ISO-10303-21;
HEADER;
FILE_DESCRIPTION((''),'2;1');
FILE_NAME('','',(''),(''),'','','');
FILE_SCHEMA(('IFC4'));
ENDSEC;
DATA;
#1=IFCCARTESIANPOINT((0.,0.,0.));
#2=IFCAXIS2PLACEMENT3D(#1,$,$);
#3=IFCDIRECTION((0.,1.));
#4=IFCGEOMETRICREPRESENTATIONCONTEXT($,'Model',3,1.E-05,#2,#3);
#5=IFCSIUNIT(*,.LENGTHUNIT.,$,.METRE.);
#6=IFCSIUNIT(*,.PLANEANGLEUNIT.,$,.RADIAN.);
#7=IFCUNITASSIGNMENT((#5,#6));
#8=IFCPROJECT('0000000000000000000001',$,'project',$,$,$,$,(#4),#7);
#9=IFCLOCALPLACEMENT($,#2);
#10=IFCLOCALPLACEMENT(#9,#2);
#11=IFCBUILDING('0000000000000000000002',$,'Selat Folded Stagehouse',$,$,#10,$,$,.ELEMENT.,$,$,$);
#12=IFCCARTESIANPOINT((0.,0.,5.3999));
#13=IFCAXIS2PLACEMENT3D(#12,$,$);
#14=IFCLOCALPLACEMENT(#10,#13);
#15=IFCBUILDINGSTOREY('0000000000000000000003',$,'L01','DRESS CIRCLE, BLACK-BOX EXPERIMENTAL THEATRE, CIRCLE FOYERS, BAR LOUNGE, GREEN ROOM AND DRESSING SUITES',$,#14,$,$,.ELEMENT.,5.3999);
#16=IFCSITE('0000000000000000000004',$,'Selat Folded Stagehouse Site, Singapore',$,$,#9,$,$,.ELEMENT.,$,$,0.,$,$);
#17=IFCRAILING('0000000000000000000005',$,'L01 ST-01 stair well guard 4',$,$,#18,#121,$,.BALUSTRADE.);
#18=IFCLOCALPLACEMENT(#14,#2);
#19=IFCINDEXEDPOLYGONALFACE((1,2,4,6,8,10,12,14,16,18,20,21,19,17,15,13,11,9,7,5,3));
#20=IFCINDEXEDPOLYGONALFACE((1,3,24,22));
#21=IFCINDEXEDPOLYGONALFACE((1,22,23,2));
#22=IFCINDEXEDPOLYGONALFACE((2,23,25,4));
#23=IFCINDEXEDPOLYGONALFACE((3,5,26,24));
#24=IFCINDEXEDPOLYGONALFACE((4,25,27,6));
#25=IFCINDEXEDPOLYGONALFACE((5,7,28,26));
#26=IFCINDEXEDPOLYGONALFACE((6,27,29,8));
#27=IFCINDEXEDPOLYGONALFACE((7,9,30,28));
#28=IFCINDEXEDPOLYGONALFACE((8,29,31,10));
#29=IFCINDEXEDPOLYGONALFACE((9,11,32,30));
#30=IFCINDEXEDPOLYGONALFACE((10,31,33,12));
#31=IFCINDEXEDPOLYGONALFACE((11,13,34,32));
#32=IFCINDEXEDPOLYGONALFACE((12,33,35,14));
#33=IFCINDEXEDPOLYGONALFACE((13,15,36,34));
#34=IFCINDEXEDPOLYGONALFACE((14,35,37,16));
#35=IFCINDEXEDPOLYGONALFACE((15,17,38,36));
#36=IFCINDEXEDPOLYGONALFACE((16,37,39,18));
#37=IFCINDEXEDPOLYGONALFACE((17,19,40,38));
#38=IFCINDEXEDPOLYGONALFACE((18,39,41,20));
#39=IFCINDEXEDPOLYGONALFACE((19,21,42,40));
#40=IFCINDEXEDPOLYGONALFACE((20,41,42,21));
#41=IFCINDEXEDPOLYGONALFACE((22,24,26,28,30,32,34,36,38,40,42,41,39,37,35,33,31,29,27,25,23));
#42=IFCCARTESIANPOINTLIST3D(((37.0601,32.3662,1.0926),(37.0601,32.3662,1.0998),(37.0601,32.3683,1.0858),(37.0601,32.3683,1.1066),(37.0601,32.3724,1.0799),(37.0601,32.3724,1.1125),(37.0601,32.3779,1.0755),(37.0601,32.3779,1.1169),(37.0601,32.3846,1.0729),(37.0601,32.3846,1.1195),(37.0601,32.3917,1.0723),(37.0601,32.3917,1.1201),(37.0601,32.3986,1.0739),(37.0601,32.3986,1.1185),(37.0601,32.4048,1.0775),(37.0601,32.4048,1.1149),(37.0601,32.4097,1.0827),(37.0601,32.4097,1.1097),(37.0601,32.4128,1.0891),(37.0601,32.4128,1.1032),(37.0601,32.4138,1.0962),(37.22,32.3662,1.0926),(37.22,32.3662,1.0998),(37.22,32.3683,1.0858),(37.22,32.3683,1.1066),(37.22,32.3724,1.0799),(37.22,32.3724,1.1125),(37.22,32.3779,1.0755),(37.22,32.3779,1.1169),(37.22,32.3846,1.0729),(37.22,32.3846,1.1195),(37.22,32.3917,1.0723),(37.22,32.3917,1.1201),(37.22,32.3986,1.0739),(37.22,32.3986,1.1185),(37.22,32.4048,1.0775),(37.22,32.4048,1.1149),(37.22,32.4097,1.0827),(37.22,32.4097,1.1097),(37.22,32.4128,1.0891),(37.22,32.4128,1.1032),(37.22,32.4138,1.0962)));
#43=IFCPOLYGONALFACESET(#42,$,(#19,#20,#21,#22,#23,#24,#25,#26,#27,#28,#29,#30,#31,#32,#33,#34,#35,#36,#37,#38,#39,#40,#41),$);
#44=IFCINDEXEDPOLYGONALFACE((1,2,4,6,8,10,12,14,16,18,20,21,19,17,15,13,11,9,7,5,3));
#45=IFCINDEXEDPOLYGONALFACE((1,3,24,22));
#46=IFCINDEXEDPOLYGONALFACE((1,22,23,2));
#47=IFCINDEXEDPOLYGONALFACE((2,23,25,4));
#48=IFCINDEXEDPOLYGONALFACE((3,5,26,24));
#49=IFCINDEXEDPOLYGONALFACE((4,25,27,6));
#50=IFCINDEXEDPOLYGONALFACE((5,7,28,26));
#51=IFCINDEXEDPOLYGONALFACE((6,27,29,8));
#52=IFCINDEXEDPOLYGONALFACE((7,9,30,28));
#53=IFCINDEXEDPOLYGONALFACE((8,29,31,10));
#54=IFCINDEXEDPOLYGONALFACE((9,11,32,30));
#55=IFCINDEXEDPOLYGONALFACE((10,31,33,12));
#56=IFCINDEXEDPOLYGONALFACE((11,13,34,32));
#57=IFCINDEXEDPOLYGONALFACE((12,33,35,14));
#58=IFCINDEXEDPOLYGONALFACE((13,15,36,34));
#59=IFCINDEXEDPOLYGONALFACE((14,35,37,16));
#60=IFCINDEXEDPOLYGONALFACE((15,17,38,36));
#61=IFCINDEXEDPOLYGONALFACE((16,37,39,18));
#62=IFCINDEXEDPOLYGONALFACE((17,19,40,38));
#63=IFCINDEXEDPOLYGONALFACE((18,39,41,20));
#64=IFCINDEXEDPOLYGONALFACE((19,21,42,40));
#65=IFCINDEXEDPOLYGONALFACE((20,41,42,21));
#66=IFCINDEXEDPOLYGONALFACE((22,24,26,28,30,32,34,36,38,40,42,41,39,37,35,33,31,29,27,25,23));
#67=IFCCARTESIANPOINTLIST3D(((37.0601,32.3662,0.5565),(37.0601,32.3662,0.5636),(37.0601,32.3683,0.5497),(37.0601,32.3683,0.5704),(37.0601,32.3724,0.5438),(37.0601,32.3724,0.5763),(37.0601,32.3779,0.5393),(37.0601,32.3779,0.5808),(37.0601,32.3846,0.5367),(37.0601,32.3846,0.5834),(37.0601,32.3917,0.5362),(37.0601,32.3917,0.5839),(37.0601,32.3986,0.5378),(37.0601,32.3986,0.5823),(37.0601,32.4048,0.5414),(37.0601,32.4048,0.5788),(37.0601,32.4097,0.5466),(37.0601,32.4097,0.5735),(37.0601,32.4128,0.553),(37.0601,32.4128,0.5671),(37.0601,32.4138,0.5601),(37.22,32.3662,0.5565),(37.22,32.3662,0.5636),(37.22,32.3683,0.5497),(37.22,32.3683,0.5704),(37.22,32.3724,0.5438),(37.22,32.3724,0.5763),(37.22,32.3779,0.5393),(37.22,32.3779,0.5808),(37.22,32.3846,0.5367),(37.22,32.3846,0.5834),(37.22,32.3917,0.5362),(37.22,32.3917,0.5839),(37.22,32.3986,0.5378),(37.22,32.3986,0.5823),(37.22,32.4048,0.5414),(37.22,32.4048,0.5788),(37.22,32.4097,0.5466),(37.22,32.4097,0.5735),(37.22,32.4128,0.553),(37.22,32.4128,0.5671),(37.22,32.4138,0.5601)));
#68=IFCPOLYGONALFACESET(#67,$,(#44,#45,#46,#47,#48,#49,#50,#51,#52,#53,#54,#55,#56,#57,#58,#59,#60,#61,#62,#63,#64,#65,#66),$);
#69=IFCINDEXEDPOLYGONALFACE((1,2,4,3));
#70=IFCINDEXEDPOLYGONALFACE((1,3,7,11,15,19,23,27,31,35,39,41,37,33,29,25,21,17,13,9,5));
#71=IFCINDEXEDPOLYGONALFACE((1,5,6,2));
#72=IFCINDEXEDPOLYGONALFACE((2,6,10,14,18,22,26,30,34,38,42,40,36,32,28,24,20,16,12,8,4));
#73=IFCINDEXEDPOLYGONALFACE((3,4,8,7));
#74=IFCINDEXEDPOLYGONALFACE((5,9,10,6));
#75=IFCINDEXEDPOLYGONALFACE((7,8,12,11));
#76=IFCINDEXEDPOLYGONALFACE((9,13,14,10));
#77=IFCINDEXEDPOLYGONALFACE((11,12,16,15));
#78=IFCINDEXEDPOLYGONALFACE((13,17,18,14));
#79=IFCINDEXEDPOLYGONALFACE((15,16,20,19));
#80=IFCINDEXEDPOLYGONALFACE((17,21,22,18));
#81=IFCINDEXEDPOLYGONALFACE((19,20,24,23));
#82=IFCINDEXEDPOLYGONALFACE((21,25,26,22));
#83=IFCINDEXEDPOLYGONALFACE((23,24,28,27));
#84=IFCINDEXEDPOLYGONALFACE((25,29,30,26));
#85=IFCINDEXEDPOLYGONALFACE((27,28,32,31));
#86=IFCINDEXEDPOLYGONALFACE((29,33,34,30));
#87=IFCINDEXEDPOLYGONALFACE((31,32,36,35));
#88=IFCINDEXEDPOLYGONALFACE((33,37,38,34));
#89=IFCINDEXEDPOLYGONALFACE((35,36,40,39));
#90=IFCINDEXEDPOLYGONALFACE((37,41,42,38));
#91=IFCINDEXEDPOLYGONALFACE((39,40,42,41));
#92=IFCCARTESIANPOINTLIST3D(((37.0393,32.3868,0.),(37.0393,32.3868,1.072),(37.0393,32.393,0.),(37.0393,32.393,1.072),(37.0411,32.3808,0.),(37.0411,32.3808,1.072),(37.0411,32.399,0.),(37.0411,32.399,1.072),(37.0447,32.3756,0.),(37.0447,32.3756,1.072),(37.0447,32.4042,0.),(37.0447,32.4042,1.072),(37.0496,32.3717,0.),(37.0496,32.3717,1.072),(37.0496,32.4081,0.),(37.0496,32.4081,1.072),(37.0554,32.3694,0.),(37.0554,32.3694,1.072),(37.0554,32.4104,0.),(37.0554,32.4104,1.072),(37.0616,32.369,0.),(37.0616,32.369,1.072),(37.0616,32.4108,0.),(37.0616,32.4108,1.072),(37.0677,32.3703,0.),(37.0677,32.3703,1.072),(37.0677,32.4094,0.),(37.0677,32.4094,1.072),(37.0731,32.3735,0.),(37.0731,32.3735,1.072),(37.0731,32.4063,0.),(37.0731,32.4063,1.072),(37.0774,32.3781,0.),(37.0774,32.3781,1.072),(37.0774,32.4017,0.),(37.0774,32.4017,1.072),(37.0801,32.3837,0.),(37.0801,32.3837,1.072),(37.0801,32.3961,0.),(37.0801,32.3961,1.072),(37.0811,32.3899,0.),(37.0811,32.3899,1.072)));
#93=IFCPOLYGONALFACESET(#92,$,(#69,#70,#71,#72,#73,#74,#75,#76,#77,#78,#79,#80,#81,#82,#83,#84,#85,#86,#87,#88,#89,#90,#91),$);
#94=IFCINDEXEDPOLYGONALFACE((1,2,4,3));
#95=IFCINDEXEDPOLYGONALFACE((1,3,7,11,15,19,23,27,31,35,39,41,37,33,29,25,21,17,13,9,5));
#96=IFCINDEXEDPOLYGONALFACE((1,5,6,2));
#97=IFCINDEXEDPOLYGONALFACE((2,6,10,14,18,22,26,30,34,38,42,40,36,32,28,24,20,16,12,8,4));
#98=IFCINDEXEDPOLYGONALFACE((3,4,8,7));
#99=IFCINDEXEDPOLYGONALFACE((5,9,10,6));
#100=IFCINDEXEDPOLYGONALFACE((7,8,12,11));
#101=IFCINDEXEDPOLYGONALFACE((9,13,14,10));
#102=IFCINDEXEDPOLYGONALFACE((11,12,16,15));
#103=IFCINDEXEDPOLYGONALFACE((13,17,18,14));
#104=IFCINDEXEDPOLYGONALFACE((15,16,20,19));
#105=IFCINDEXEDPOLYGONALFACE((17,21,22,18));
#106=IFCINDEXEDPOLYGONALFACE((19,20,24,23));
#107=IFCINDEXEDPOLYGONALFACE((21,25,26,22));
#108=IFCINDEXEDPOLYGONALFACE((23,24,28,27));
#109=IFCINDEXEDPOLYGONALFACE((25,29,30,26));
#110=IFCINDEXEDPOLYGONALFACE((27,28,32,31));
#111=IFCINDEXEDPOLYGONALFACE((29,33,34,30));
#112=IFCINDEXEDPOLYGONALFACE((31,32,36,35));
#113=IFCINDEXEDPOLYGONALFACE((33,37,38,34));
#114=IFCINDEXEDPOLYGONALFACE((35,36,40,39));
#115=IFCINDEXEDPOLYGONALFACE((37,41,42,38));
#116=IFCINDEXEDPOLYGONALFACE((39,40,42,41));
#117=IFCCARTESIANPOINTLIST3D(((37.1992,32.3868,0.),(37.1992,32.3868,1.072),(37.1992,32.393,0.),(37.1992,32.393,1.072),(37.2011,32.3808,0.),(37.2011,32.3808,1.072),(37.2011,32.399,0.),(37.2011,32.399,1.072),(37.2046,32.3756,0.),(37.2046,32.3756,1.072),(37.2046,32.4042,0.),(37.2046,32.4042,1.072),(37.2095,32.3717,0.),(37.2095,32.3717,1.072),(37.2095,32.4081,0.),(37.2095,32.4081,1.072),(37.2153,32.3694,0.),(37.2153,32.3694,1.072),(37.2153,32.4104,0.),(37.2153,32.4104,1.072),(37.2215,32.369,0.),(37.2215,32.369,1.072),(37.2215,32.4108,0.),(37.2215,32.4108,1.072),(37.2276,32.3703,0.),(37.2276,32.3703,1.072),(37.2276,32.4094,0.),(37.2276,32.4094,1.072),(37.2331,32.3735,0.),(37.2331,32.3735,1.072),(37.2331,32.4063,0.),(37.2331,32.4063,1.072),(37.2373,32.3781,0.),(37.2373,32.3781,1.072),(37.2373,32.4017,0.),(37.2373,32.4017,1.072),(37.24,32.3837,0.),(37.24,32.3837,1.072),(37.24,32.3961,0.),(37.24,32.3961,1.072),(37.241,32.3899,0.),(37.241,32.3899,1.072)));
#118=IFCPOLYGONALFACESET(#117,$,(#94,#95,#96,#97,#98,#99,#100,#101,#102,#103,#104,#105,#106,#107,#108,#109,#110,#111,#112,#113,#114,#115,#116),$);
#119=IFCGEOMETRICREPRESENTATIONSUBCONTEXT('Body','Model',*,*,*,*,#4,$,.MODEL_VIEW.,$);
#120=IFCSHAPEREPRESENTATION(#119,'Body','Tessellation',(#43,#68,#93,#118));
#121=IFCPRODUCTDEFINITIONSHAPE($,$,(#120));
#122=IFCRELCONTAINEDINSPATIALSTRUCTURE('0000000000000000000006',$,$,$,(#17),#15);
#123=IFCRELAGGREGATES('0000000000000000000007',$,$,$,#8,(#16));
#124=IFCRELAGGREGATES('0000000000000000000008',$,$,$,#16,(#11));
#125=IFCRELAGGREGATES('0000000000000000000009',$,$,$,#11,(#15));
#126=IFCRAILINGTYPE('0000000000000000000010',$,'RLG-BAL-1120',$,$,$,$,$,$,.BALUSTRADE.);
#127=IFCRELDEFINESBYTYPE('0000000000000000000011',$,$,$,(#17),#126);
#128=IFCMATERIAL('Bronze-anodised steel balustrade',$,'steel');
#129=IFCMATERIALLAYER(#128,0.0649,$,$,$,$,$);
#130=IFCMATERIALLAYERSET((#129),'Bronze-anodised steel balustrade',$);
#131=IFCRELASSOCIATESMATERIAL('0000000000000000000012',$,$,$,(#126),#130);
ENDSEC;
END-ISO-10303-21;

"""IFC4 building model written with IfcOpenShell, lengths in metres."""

from ifc_helpers import new_model, si_unit, direction, frame, origin, origin_2d, place, context, subcontext, project, spatial, circle, extrude, material, layer, layer_set, type_object, element, save


model = new_model("IFC4")

# Units and contexts
model_context = context("Model", 3, precision=1e-05, world=origin(), true_north=direction((0.0, 1.0)))
body_context = subcontext(model_context, "Body", "Model", "MODEL_VIEW")
ifc_project = project(units=[si_unit("LENGTHUNIT", "METRE"), si_unit("PLANEANGLEUNIT", "RADIAN")], contexts=[model_context])

# Site, building, storey
site_placement = place(None, origin())
site = spatial("IfcSite", under=ifc_project, at=site_placement, Name="Selat Folded Stagehouse Site, Singapore", CompositionType="ELEMENT", RefElevation=0.0)
building_placement = place(site_placement, origin())
building = spatial("IfcBuilding", under=site, at=building_placement, Name="Selat Folded Stagehouse", CompositionType="ELEMENT")
storey_placement = place(building_placement, frame((0.0, 0.0, 5.3999)))
storey = spatial("IfcBuildingStorey", under=building, at=storey_placement, Name="L01", Description="DRESS CIRCLE, BLACK-BOX EXPERIMENTAL THEATRE, CIRCLE FOYERS, BAR LOUNGE, GREEN ROOM AND DRESSING SUITES", CompositionType="ELEMENT", Elevation=5.3999)

# Railing
ifc_material_1 = material(Name="Bronze-anodised steel balustrade", Category="steel")
ifc_layer_1 = layer(ifc_material_1, 0.0649)
ifc_layer_set_1 = layer_set([ifc_layer_1], Name="Bronze-anodised steel balustrade")
railing_type_1 = type_object("IfcRailingType", Name="RLG-BAL-1120", PredefinedType="BALUSTRADE", material=ifc_layer_set_1)
railing_1_placement = place(storey_placement, frame((37.0601, 32.3899, 0.0)))
element("IfcRailing", 1, at=railing_1_placement, inside=storey, type_object=railing_type_1, Name="L01 ST-01 stair well guard 4", PredefinedType="BALUSTRADE", context=body_context, shape_type="SweptSolid", body=[
    extrude(circle(Radius=0.0239, at=origin_2d()), frame((0.0, 0.0, 1.0962), z_axis=(1.0, 0.0, 0.0), x_axis=(0.0, 1.0, 0.0)), (0.0, 0.0, 1.0), 0.1599),
    extrude(circle(Radius=0.0239, at=origin_2d()), frame((0.0, 0.0, 0.5601), z_axis=(1.0, 0.0, 0.0), x_axis=(0.0, 1.0, 0.0)), (0.0, 0.0, 1.0), 0.1599),
    extrude(circle(Radius=0.021, at=origin_2d()), origin(), (0.0, 0.0, 1.0), 1.072),
    extrude(circle(Radius=0.021, at=origin_2d()), frame((0.1599, 0.0, 0.0)), (0.0, 0.0, 1.0), 1.072),
])

save(model, "model.ifc")
